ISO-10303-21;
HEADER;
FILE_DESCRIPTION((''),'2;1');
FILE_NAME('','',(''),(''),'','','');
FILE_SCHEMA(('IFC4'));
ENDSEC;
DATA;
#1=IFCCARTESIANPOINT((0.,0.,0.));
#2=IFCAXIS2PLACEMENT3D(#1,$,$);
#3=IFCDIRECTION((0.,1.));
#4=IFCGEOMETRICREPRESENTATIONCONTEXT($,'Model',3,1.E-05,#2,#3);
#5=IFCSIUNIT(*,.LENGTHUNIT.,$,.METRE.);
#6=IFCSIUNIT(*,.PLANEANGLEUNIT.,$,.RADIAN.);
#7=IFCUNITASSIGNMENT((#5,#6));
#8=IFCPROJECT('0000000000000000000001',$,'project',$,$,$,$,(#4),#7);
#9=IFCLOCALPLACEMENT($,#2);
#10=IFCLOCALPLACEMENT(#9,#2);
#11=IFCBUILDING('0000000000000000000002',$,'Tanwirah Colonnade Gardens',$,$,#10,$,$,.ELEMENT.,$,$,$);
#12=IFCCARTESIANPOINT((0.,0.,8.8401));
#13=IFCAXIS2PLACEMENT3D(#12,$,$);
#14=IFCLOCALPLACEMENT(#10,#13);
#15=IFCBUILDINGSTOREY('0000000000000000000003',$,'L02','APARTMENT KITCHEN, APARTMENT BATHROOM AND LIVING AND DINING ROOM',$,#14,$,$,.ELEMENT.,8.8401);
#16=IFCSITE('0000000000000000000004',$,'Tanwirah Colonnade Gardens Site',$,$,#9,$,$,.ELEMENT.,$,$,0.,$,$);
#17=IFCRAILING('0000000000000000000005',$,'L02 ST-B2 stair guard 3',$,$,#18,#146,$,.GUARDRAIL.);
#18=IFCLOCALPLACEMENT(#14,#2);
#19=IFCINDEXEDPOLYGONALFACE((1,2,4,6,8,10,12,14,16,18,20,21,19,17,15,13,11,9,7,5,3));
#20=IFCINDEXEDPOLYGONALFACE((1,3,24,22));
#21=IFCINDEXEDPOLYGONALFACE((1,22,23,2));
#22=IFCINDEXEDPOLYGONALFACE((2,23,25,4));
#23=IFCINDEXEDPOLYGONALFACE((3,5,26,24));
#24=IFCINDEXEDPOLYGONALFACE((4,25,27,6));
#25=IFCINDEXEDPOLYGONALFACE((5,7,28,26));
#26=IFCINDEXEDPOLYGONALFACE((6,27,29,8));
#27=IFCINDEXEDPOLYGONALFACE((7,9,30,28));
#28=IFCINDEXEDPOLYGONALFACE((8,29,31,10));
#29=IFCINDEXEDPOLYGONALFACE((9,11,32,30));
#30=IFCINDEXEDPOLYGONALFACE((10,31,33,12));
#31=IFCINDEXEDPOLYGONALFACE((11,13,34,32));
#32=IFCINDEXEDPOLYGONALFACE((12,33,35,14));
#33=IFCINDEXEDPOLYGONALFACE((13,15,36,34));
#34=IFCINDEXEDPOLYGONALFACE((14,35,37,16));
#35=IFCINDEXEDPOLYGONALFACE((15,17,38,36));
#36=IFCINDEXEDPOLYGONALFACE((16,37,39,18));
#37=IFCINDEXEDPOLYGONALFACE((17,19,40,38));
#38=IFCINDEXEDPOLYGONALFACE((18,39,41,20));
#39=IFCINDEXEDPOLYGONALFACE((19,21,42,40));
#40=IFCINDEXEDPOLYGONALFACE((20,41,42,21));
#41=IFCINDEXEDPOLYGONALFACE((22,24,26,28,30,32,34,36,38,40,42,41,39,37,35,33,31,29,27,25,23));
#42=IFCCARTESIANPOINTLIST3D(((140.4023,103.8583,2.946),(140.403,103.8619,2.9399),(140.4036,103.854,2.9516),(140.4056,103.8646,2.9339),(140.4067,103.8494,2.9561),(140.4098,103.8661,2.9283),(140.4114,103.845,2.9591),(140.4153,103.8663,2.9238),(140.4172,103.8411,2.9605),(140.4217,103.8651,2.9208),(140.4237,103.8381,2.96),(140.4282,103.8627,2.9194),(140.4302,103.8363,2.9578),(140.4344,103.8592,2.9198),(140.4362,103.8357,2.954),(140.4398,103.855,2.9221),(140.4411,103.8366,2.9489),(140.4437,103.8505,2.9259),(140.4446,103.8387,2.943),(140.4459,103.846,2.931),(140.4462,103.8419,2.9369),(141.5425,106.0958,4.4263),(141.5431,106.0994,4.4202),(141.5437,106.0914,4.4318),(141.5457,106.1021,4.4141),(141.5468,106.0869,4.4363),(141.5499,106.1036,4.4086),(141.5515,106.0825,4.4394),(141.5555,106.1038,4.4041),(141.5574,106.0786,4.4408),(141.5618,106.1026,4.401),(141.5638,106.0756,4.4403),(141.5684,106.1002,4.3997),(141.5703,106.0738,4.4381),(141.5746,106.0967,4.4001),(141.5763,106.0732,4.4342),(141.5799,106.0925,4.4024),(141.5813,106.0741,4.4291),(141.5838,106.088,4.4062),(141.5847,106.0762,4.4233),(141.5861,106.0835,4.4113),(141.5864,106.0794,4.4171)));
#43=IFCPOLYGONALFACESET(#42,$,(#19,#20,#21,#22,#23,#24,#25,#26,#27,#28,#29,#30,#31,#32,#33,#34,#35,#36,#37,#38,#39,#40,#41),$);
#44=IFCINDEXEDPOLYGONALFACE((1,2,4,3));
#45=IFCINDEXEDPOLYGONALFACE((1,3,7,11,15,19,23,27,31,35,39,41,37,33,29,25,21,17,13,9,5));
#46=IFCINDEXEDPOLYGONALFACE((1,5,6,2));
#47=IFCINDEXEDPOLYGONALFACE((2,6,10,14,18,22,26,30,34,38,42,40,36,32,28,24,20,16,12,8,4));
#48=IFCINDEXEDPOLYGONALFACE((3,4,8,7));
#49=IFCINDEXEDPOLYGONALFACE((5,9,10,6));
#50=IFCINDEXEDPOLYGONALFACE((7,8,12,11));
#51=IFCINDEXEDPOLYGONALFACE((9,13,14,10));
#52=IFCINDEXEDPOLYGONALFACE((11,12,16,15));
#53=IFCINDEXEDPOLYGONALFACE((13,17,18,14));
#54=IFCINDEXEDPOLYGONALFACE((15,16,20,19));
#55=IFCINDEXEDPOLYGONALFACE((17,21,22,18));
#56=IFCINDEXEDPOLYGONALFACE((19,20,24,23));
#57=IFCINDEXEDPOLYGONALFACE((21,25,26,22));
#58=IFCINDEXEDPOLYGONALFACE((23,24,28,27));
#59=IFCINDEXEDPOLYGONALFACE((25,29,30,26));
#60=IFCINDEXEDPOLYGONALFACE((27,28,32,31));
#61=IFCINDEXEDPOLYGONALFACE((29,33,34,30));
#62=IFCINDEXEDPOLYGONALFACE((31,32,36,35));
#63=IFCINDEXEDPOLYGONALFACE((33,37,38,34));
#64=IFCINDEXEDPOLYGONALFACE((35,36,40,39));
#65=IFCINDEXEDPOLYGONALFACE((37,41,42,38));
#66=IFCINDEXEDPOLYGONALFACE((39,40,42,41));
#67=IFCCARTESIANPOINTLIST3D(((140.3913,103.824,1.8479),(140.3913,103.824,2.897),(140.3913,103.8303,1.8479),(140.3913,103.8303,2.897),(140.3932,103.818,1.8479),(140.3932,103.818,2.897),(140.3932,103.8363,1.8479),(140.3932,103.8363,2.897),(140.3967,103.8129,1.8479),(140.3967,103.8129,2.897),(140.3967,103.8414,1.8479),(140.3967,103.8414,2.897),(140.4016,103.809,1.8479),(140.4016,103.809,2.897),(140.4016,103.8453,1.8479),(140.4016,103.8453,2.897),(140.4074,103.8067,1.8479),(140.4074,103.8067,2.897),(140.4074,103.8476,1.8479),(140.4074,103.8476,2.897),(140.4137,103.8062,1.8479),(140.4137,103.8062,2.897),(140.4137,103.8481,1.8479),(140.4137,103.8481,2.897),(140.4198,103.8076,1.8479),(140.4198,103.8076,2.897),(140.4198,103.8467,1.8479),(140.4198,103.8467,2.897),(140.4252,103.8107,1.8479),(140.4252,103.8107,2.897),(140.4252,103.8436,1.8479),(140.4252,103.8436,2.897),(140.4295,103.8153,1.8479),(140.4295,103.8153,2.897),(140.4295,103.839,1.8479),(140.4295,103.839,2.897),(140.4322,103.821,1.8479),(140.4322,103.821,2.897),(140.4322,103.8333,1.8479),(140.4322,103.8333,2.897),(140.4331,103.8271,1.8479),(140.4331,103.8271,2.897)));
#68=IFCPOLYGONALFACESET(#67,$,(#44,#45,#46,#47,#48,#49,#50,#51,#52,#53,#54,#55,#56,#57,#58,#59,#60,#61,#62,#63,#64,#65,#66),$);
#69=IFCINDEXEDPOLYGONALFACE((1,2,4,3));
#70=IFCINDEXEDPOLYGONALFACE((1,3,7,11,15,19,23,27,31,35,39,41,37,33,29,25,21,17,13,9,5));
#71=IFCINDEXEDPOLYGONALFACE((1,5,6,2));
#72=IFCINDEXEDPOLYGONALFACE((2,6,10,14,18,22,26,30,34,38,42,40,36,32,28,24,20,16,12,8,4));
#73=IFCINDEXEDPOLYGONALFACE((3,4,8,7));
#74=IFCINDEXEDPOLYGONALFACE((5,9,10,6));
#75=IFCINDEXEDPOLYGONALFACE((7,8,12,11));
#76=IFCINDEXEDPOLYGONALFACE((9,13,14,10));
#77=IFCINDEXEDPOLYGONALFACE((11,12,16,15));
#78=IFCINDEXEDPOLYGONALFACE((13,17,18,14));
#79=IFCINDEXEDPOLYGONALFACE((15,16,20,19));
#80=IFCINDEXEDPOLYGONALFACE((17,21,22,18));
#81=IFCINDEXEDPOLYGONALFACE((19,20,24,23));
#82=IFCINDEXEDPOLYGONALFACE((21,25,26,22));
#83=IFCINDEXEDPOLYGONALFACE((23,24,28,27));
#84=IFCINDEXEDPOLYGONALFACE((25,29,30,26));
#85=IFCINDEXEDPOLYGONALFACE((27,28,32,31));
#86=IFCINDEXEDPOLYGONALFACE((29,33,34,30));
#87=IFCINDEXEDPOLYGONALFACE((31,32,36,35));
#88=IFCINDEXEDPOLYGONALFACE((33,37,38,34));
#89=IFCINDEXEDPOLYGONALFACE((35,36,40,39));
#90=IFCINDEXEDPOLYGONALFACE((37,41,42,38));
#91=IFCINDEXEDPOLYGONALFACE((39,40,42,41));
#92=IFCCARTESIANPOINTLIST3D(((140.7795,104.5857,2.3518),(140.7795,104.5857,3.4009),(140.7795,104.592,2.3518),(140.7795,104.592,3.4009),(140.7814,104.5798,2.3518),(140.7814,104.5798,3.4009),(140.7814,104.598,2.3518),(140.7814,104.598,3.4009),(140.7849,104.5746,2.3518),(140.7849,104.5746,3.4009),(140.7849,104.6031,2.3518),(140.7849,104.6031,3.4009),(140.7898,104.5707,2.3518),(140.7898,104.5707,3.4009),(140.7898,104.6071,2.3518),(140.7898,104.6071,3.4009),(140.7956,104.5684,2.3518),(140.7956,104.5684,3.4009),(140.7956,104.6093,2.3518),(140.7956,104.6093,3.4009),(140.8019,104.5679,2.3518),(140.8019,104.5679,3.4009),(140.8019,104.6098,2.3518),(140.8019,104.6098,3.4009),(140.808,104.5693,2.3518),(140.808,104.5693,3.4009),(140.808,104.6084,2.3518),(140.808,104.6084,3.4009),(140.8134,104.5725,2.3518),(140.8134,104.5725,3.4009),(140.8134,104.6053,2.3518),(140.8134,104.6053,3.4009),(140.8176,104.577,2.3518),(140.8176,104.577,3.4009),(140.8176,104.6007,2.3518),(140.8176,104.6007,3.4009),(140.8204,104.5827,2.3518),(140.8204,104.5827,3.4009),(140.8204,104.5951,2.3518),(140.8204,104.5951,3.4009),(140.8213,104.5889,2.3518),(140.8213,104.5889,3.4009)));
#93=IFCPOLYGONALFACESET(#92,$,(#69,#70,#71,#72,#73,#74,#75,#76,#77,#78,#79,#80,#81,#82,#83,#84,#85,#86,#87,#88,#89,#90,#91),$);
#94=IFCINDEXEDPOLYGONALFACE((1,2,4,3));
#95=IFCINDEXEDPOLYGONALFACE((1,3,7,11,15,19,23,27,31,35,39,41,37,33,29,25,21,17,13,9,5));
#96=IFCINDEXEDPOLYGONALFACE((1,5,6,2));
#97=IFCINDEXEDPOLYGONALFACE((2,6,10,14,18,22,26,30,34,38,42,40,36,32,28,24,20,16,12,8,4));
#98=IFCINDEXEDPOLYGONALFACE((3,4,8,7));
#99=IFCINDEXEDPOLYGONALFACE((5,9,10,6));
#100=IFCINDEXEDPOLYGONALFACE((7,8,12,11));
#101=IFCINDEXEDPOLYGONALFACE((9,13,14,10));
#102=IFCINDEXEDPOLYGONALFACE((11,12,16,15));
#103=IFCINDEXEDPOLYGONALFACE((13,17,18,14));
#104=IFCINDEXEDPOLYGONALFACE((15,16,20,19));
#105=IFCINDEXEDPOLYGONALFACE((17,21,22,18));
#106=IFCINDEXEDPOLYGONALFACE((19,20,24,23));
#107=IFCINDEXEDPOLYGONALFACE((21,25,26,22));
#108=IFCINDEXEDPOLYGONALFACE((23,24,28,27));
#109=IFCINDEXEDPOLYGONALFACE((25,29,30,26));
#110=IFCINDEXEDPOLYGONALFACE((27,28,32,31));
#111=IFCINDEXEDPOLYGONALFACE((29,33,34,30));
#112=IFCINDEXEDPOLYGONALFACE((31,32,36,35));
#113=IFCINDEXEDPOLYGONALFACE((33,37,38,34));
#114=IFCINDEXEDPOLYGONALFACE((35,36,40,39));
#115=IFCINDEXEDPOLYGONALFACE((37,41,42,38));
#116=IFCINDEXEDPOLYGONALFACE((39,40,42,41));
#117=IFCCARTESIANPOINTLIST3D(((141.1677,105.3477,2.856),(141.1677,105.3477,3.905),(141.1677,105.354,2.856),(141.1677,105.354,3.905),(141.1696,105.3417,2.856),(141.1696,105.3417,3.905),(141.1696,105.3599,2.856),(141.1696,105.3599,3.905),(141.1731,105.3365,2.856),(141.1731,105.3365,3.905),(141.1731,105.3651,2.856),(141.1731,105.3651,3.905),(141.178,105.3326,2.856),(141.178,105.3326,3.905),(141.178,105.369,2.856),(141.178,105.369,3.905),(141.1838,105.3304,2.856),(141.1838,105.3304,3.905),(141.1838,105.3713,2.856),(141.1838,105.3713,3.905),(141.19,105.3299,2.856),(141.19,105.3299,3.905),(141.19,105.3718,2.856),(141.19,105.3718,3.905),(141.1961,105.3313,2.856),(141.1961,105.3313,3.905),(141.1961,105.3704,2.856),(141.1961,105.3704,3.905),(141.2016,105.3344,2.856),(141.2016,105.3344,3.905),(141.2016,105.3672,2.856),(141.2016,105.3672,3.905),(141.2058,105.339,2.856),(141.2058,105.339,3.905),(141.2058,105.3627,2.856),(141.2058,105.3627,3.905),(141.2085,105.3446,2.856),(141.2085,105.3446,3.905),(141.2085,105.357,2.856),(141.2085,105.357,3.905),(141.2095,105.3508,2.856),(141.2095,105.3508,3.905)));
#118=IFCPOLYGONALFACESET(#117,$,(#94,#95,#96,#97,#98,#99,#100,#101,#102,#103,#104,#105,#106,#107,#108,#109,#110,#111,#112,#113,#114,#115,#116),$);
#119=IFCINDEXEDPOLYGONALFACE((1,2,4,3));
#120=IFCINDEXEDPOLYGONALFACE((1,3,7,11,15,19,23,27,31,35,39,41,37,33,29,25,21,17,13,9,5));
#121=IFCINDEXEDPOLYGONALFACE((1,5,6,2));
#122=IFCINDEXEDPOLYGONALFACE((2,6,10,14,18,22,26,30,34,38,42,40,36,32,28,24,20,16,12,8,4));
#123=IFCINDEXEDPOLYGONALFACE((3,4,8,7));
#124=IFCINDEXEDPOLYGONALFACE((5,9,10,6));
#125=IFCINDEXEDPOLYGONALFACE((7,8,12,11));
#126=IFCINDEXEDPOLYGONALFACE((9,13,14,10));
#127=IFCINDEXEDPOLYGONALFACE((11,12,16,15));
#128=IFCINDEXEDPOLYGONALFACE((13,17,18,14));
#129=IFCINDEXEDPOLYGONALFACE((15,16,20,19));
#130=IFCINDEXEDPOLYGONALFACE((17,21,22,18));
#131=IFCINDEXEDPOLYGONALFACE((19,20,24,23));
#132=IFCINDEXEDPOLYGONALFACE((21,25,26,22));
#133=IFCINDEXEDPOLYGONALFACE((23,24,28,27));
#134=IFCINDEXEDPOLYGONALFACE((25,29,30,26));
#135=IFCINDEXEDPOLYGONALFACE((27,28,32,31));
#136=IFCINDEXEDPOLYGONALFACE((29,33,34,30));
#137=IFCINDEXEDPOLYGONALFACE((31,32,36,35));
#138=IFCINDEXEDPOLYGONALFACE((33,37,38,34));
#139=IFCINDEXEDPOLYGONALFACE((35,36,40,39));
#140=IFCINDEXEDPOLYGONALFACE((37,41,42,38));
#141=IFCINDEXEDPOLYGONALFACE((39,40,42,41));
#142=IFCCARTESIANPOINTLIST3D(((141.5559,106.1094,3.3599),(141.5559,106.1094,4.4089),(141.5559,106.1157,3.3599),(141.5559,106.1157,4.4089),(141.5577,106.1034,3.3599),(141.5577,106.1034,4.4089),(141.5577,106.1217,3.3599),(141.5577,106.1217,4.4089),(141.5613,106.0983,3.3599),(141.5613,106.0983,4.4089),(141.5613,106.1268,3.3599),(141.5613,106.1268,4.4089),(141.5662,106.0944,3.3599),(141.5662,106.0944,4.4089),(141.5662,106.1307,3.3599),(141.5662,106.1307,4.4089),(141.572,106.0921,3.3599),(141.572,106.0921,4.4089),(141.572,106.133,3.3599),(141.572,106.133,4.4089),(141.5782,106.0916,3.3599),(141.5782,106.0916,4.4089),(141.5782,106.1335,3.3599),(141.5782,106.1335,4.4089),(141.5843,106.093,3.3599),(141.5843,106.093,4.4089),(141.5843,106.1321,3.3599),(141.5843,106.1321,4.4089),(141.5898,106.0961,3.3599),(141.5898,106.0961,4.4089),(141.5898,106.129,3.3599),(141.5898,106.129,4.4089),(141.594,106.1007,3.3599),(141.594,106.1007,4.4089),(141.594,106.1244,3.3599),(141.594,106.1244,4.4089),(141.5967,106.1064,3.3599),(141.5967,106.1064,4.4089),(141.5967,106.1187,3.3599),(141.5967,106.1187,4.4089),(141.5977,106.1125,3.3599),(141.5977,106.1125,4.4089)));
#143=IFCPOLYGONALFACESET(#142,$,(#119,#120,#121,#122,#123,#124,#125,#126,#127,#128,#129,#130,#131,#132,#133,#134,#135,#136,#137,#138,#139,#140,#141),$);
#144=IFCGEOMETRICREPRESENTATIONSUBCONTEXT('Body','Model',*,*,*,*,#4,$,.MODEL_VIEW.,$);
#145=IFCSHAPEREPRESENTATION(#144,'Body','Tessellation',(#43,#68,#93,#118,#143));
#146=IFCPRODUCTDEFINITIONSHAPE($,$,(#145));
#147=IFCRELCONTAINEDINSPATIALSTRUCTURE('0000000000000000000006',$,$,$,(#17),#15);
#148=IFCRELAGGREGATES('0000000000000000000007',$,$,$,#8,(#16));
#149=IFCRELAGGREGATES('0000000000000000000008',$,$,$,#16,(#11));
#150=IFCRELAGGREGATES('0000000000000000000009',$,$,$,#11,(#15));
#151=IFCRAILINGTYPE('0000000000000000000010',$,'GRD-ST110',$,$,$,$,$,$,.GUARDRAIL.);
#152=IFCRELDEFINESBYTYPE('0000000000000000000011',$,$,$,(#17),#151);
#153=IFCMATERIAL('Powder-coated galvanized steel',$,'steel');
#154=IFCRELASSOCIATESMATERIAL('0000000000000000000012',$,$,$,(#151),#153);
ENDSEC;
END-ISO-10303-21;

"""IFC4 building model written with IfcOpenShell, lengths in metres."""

from ifc_helpers import new_model, si_unit, direction, frame, origin, origin_2d, place, context, subcontext, project, spatial, circle, extrude, material, type_object, element, save


model = new_model("IFC4")

# Units and contexts
model_context = context("Model", 3, precision=1e-05, world=origin(), true_north=direction((0.0, 1.0)))
body_context = subcontext(model_context, "Body", "Model", "MODEL_VIEW")
ifc_project = project(units=[si_unit("LENGTHUNIT", "METRE"), si_unit("PLANEANGLEUNIT", "RADIAN")], contexts=[model_context])

# Site, building, storey
site_placement = place(None, origin())
site = spatial("IfcSite", under=ifc_project, at=site_placement, Name="Tanwirah Colonnade Gardens Site", CompositionType="ELEMENT", RefElevation=0.0)
building_placement = place(site_placement, origin())
building = spatial("IfcBuilding", under=site, at=building_placement, Name="Tanwirah Colonnade Gardens", CompositionType="ELEMENT")
storey_placement = place(building_placement, frame((0.0, 0.0, 8.8401)))
storey = spatial("IfcBuildingStorey", under=building, at=storey_placement, Name="L02", Description="APARTMENT KITCHEN, APARTMENT BATHROOM AND LIVING AND DINING ROOM", CompositionType="ELEMENT", Elevation=8.8401)

# Railing
ifc_material_1 = material(Name="Powder-coated galvanized steel", Category="steel")
railing_type_1 = type_object("IfcRailingType", Name="GRD-ST110", PredefinedType="GUARDRAIL", material=ifc_material_1)
railing_1_placement = place(storey_placement, frame((140.4121, 103.8271, 1.8479)))
element("IfcRailing", 1, at=railing_1_placement, inside=storey, type_object=railing_type_1, Name="L02 ST-B2 stair guard 3", PredefinedType="GUARDRAIL", context=body_context, shape_type="SweptSolid", body=[
    extrude(circle(Radius=0.0239, at=origin_2d()), frame((0.0122, 0.0239, 1.092), z_axis=(0.391122, 0.767567, 0.507803), x_axis=(-0.890994, 0.454016, 0.0)), (0.0, 0.0, 1.0), 2.915),
    extrude(circle(Radius=0.021, at=origin_2d()), origin(), (0.0, 0.0, 1.0), 1.0491),
    extrude(circle(Radius=0.021, at=origin_2d()), frame((0.3882, 0.7617, 0.5039)), (0.0, 0.0, 1.0), 1.0491),
    extrude(circle(Radius=0.021, at=origin_2d()), frame((0.7764, 1.5237, 1.0081)), (0.0, 0.0, 1.0), 1.0491),
    extrude(circle(Radius=0.021, at=origin_2d()), frame((1.1646, 2.2854, 1.512)), (0.0, 0.0, 1.0), 1.0491),
])

save(model, "model.ifc")
